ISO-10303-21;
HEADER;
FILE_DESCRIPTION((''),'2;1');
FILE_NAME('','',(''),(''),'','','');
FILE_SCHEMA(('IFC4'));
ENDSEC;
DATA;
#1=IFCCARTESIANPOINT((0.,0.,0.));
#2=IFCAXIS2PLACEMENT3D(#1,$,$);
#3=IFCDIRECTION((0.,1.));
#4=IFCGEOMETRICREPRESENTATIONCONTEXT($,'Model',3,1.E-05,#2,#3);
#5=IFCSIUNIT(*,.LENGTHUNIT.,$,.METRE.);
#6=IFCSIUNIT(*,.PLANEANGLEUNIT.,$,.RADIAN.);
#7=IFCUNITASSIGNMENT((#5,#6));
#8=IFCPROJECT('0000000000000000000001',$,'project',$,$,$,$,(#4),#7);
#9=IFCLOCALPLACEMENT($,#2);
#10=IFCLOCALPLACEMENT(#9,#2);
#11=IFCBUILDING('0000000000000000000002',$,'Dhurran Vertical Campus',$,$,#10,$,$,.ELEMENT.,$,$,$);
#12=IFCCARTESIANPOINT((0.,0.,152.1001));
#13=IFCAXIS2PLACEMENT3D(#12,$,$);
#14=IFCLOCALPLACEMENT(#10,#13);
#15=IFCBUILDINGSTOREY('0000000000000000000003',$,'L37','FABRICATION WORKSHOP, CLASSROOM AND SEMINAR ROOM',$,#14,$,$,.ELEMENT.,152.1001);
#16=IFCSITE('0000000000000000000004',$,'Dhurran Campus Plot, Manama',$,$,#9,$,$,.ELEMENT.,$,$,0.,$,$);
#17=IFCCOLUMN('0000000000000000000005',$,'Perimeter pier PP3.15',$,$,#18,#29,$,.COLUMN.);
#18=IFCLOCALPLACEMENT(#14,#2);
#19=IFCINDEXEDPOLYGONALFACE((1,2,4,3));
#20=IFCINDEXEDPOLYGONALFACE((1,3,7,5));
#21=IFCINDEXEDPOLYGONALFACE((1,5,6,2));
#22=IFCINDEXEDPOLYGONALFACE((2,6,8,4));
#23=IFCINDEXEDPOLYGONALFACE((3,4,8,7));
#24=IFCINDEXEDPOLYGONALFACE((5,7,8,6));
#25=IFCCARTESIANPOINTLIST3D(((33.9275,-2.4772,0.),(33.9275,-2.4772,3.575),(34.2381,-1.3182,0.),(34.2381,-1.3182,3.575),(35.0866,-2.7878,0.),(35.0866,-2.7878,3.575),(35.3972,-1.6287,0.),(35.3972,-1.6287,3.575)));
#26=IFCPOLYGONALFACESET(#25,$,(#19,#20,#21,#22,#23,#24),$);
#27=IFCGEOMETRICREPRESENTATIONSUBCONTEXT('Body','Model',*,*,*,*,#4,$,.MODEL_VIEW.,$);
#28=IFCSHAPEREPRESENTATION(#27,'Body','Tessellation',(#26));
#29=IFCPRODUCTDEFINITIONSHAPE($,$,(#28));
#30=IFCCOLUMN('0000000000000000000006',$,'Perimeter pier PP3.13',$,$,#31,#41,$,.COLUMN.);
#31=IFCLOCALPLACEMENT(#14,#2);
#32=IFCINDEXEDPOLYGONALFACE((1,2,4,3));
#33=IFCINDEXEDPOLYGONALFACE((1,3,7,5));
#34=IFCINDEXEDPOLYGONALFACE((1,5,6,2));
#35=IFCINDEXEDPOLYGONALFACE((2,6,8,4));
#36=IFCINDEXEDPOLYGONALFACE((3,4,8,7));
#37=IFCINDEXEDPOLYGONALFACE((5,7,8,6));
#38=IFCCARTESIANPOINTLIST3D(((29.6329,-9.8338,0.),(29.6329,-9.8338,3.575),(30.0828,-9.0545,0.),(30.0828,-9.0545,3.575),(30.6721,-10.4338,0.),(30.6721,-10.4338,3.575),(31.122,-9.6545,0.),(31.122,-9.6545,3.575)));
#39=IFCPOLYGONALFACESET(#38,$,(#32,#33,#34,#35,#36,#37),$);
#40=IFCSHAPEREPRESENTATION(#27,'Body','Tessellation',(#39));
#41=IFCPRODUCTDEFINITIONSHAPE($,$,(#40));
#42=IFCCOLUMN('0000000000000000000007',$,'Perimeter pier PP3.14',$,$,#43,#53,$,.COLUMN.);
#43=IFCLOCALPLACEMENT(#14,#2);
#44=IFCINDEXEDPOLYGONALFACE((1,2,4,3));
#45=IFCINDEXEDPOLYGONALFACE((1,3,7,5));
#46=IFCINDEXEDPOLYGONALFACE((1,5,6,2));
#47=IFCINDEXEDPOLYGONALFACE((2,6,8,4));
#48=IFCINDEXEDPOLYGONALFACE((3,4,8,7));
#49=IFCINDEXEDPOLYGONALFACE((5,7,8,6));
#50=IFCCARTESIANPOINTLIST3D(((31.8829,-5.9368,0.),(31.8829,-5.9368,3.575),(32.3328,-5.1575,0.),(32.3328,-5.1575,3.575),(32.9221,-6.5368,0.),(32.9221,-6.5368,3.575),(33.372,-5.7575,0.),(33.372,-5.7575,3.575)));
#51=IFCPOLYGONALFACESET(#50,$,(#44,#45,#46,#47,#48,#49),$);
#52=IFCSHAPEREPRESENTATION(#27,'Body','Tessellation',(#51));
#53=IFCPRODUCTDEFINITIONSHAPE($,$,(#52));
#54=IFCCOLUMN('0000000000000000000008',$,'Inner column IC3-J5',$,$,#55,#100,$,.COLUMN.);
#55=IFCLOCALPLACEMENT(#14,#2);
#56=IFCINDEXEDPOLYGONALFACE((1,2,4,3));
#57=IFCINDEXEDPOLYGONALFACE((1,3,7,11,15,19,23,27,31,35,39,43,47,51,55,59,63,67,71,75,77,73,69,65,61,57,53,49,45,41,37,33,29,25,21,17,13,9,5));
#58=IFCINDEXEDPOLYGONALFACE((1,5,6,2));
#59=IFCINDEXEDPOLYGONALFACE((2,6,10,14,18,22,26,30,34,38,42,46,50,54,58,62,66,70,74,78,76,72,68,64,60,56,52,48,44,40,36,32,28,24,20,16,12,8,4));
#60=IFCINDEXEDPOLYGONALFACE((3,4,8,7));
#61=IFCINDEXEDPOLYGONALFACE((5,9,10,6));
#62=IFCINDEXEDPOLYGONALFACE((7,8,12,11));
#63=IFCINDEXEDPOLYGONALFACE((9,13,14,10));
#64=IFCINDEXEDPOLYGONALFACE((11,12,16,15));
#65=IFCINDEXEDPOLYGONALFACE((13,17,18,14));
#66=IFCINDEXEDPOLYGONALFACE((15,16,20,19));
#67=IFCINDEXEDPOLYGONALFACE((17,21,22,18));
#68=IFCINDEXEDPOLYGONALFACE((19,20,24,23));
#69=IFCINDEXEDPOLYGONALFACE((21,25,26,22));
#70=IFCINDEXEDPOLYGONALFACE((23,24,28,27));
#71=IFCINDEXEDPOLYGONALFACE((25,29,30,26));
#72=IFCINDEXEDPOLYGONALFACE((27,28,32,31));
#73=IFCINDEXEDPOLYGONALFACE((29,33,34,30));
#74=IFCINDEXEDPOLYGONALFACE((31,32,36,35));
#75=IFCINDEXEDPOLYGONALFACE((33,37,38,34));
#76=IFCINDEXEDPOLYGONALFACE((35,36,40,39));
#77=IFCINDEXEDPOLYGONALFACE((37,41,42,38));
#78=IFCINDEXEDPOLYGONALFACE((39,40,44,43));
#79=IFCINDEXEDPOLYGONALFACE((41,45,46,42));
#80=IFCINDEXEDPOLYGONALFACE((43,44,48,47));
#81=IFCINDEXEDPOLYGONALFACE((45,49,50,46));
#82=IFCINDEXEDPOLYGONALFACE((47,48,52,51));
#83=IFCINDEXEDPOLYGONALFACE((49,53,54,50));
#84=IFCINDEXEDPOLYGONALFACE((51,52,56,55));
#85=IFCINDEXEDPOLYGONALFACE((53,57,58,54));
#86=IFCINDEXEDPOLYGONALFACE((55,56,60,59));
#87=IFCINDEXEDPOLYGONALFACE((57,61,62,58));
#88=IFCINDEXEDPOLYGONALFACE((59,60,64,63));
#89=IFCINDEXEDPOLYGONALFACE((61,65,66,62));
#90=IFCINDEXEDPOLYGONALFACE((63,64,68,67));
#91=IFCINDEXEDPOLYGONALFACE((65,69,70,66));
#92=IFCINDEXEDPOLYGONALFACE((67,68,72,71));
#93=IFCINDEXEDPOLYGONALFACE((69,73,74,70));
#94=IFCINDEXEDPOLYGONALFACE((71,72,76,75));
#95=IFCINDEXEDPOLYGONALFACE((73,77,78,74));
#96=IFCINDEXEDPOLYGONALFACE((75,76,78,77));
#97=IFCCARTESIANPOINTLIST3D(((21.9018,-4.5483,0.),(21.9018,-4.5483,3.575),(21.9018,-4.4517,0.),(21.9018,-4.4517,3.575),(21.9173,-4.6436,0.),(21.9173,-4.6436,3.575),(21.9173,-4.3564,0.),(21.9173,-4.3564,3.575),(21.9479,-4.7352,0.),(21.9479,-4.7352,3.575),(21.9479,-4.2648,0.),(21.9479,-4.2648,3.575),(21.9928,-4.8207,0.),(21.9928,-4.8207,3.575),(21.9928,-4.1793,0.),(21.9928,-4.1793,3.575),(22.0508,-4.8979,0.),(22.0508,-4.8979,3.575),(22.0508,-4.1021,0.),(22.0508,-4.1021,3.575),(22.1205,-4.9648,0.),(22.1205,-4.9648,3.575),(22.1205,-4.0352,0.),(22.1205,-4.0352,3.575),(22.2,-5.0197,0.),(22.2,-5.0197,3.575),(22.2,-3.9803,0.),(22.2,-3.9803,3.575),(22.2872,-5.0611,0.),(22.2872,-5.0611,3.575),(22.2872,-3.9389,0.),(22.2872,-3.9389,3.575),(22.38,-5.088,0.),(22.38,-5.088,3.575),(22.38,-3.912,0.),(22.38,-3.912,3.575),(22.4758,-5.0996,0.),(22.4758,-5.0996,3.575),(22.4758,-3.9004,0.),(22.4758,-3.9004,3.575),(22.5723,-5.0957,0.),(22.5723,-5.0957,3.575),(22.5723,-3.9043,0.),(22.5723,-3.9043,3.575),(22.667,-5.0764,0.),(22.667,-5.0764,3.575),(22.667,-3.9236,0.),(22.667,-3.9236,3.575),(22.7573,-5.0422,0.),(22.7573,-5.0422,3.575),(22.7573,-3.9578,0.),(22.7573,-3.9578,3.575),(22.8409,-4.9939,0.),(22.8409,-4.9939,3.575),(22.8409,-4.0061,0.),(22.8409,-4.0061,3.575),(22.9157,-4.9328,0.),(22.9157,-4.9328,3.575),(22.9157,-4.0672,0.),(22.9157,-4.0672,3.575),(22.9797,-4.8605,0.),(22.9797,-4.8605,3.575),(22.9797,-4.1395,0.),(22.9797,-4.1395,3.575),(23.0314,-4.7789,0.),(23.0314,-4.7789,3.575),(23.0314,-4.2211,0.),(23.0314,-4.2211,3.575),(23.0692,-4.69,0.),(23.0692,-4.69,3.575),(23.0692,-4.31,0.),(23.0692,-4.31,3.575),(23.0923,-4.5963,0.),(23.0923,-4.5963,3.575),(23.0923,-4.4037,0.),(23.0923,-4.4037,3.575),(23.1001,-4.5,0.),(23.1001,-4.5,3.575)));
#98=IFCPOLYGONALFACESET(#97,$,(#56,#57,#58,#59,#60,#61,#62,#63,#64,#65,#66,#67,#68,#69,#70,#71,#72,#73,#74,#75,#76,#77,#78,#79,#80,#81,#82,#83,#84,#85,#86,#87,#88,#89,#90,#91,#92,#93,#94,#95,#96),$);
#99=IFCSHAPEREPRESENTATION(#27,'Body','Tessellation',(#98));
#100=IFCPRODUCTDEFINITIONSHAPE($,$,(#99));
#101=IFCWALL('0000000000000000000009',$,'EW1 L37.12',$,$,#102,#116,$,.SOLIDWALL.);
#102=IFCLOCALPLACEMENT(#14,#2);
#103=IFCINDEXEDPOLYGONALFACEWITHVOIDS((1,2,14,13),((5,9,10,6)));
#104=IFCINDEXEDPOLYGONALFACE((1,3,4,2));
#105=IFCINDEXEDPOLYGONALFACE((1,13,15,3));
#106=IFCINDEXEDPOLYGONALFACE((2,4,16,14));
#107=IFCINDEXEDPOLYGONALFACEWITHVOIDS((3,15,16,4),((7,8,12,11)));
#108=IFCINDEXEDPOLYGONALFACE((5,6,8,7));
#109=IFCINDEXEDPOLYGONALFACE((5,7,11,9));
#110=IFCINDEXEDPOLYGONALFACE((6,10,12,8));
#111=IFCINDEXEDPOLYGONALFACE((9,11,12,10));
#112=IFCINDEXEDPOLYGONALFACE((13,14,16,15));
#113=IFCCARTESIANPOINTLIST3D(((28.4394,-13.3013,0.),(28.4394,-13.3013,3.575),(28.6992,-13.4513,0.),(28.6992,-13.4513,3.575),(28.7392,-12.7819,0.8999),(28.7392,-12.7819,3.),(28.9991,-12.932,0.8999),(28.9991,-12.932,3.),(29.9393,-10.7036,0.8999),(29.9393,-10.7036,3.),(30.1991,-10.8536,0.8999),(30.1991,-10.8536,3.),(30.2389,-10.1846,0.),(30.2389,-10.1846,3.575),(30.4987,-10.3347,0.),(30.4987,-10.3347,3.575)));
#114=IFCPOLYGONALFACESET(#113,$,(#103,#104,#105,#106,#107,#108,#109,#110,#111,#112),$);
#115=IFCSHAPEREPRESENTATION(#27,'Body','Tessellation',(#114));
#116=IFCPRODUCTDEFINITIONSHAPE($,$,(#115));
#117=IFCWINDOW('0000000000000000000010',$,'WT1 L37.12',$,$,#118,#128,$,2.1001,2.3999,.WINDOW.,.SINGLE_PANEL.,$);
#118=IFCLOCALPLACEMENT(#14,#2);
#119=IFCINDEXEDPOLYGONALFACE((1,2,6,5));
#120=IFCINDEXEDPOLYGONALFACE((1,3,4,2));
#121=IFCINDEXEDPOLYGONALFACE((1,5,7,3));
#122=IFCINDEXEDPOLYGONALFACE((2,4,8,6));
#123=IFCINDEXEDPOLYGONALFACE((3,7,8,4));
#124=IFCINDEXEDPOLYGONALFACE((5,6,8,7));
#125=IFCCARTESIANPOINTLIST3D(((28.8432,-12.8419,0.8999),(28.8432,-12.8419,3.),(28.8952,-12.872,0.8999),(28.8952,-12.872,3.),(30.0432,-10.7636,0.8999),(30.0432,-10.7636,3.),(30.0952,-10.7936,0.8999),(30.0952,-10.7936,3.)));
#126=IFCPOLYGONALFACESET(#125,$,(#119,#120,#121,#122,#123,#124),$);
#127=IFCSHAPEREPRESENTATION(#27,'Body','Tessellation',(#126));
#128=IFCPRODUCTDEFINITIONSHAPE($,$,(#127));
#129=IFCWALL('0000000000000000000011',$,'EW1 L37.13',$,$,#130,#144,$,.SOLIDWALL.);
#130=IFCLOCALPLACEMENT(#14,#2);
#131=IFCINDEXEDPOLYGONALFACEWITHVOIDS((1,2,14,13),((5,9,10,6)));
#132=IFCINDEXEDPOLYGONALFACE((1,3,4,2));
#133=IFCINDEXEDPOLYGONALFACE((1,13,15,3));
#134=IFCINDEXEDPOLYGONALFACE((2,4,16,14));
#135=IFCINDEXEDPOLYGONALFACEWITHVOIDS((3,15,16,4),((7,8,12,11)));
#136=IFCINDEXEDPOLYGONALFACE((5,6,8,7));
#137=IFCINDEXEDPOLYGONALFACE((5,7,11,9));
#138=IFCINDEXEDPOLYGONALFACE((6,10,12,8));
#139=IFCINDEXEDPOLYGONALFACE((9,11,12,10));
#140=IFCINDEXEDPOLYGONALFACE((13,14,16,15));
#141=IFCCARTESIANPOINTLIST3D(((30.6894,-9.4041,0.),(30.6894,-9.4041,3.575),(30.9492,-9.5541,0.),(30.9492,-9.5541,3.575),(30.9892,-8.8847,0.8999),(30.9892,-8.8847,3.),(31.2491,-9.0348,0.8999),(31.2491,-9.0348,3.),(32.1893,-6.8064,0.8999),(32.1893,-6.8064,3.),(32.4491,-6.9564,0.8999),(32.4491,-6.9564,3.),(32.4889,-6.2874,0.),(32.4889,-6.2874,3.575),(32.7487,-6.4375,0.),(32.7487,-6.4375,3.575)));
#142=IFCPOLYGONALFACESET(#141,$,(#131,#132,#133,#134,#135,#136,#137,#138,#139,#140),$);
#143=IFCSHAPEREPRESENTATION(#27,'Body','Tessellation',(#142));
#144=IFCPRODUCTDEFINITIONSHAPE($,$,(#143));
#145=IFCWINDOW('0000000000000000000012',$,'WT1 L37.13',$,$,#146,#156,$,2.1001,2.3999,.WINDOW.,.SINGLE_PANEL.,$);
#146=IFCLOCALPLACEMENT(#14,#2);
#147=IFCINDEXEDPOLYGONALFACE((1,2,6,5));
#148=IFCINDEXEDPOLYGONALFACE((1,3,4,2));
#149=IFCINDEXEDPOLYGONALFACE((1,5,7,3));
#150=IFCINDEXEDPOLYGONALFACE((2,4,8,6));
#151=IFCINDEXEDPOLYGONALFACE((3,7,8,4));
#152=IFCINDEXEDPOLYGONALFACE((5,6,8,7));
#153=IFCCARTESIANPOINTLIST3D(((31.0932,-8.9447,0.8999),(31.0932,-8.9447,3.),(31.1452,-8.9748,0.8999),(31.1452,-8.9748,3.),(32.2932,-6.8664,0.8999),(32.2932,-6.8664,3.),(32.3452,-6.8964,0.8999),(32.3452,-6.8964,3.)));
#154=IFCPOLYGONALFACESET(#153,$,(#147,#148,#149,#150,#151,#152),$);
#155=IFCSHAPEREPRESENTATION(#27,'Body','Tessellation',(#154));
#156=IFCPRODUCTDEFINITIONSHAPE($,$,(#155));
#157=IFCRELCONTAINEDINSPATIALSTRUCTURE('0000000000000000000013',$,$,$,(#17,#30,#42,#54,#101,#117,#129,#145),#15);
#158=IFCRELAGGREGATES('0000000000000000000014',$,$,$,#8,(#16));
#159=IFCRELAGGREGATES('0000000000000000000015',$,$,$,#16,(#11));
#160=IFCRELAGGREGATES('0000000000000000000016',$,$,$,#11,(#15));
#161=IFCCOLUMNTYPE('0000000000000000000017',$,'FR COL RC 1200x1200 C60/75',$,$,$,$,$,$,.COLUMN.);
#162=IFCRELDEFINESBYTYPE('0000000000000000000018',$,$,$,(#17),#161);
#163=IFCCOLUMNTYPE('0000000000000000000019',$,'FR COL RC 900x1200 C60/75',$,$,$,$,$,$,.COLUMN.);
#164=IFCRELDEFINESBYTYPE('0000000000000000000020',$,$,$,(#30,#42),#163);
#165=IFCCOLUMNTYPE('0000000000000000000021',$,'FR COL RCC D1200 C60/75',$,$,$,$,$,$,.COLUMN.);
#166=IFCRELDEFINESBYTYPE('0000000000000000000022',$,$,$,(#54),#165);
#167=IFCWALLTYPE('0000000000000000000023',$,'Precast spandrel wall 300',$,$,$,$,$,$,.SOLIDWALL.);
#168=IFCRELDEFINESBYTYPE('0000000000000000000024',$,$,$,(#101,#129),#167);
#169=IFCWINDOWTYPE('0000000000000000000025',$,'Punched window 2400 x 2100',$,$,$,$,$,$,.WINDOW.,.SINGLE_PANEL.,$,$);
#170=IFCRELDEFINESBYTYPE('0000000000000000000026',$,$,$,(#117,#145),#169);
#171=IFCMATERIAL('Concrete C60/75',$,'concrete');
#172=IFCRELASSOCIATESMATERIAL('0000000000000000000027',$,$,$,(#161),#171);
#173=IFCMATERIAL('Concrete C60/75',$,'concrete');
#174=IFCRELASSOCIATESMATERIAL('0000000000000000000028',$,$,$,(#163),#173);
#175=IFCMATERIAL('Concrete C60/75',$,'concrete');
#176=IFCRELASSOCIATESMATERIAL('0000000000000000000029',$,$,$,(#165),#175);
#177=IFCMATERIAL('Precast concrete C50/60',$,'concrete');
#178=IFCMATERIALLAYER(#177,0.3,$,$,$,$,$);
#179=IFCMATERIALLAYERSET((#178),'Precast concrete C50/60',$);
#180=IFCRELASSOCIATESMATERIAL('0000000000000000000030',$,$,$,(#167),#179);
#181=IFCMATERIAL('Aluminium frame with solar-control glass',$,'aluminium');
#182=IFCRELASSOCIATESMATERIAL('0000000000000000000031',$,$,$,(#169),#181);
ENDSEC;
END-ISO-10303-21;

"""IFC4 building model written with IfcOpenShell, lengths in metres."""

from ifc_helpers import new_model, si_unit, direction, frame, frame_2d, origin, origin_2d, place, context, subcontext, project, spatial, rectangle, circle, extrude, material, layer, layer_set, material_profile, profile_set, type_object, element, fill, save


model = new_model("IFC4")

# Units and contexts
model_context = context("Model", 3, precision=1e-05, world=origin(), true_north=direction((0.0, 1.0)))
body_context = subcontext(model_context, "Body", "Model", "MODEL_VIEW")
ifc_project = project(units=[si_unit("LENGTHUNIT", "METRE"), si_unit("PLANEANGLEUNIT", "RADIAN")], contexts=[model_context])

# Site, building, storey
site_placement = place(None, origin())
site = spatial("IfcSite", under=ifc_project, at=site_placement, Name="Dhurran Campus Plot, Manama", CompositionType="ELEMENT", RefElevation=0.0)
building_placement = place(site_placement, origin())
building = spatial("IfcBuilding", under=site, at=building_placement, Name="Dhurran Vertical Campus", CompositionType="ELEMENT")
storey_placement = place(building_placement, frame((0.0, 0.0, 152.1001)))
storey = spatial("IfcBuildingStorey", under=building, at=storey_placement, Name="L37", Description="FABRICATION WORKSHOP, CLASSROOM AND SEMINAR ROOM", CompositionType="ELEMENT", Elevation=152.1001)

# Columns
ifc_material_1 = material(Name="Concrete C60/75", Category="concrete")
ifc_material_profile_1 = material_profile(ifc_material_1, rectangle(XDim=1.2, YDim=1.2, at=origin_2d()), Name="RC 1200x1200")
ifc_profile_set_1 = profile_set([ifc_material_profile_1], Name="Concrete C60/75")
column_type_1 = type_object("IfcColumnType", Name="FR COL RC 1200x1200 C60/75", PredefinedType="COLUMN", material=ifc_profile_set_1)
column_1_placement = place(storey_placement, frame((34.6624, -2.053, 0.0), z_axis=(0.0, 0.0, 1.0), x_axis=(0.258819, 0.965926, 0.0)))
element("IfcColumn", 1, at=column_1_placement, inside=storey, type_object=column_type_1, Name="Perimeter pier PP3.15", PredefinedType="COLUMN", context=body_context, shape_type="SweptSolid", body=[
    extrude(rectangle(XDim=1.2, YDim=1.2, at=origin_2d()), origin(), (0.0, 0.0, 1.0), 3.575),
])
ifc_material_2 = material(Name="Concrete C60/75", Category="concrete")
ifc_material_profile_2 = material_profile(ifc_material_2, rectangle(XDim=0.8999, YDim=1.2, at=origin_2d()), Name="RC 900x1200")
ifc_profile_set_2 = profile_set([ifc_material_profile_2], Name="Concrete C60/75")
column_type_2 = type_object("IfcColumnType", Name="FR COL RC 900x1200 C60/75", PredefinedType="COLUMN", material=ifc_profile_set_2)
for number, where, z_axis, x_axis, name in (
    (2, (30.3774, -9.7441, 0.0), (0.0, 0.0, 1.0), (0.5, 0.866025, 0.0), "Perimeter pier PP3.13"),
    (3, (32.6274, -5.8472, 0.0), (0.0, 0.0, 1.0), (0.5, 0.866025, 0.0), "Perimeter pier PP3.14"),
):
    element("IfcColumn", number, at=place(storey_placement, frame(where, z_axis=z_axis, x_axis=x_axis)), inside=storey, type_object=column_type_2, Name=name, PredefinedType="COLUMN", context=body_context, shape_type="SweptSolid", body=[
        extrude(rectangle(XDim=0.8999, YDim=1.2, at=origin_2d()), origin(), (0.0, 0.0, 1.0), 3.575),
    ])
ifc_material_3 = material(Name="Concrete C60/75", Category="concrete")
ifc_material_profile_3 = material_profile(ifc_material_3, circle(Radius=0.6001, at=origin_2d()), Name="RCC D1200")
ifc_profile_set_3 = profile_set([ifc_material_profile_3], Name="Concrete C60/75")
column_type_3 = type_object("IfcColumnType", Name="FR COL RCC D1200 C60/75", PredefinedType="COLUMN", material=ifc_profile_set_3)
column_2_placement = place(storey_placement, frame((22.5, -4.5, 0.0), z_axis=(0.0, 0.0, 1.0), x_axis=(1.0, 0.0, 0.0)))
element("IfcColumn", 4, at=column_2_placement, inside=storey, type_object=column_type_3, Name="Inner column IC3-J5", PredefinedType="COLUMN", context=body_context, shape_type="SweptSolid", body=[
    extrude(circle(Radius=0.6001, at=origin_2d()), origin(), (0.0, 0.0, 1.0), 3.575),
])

# Walls, openings, windows
ifc_material_4 = material(Name="Precast concrete C50/60", Category="concrete")
ifc_layer_1 = layer(ifc_material_4, 0.3)
ifc_layer_set_1 = layer_set([ifc_layer_1], Name="Precast concrete C50/60")
wall_type_1 = type_object("IfcWallType", Name="Precast spandrel wall 300", PredefinedType="SOLIDWALL", material=ifc_layer_set_1)
wall_1_placement = place(storey_placement, frame((28.5693, -13.3762, 0.0), z_axis=(0.0, 0.0, 1.0), x_axis=(0.500028, 0.866009, 0.0)))
wall_1 = element("IfcWall", 5, at=wall_1_placement, inside=storey, type_object=wall_type_1, Name="EW1 L37.12", PredefinedType="SOLIDWALL", context=body_context, shape_type="SweptSolid", body=[
    extrude(rectangle(XDim=3.5989, YDim=0.3, at=frame_2d((1.7993, 0.0))), origin(), (0.0, 0.0, 1.0), 3.575),
])
opening_1_placement = place(wall_1_placement, frame((0.5996, 0.0, 0.8999)))
opening_1 = element("IfcOpeningElement", 6, at=opening_1_placement, cuts=wall_1, PredefinedType="OPENING", context=body_context, shape_type="SweptSolid", body=[
    extrude(rectangle(XDim=2.3999, YDim=2.1001, at=frame_2d((1.2, 1.05))), frame((0.0, 0.1599, 0.0), z_axis=(0.0, -1.0, 0.0), x_axis=(1.0, 0.0, 0.0)), (0.0, 0.0, 1.0), 0.3201),
])
ifc_material_5 = material(Name="Aluminium frame with solar-control glass", Category="aluminium")
window_type = type_object("IfcWindowType", Name="Punched window 2400 x 2100", PartitioningType="SINGLE_PANEL", PredefinedType="WINDOW", material=ifc_material_5)
window_1_placement = place(opening_1_placement, origin())
window_1 = element("IfcWindow", 7, at=window_1_placement, inside=storey, type_object=window_type, Name="WT1 L37.12", OverallHeight=2.1001, OverallWidth=2.3999, PartitioningType="SINGLE_PANEL", PredefinedType="WINDOW", context=body_context, shape_type="SweptSolid", body=[
    extrude(rectangle(XDim=2.3999, YDim=2.1001, at=frame_2d((1.2, 1.05))), frame((0.0, 0.03, 0.0), z_axis=(0.0, -1.0, 0.0), x_axis=(1.0, 0.0, 0.0)), (0.0, 0.0, 1.0), 0.0601),
])
fill(opening_1, window_1)
wall_2_placement = place(storey_placement, frame((30.8193, -9.479, 0.0), z_axis=(0.0, 0.0, 1.0), x_axis=(0.500028, 0.866009, 0.0)))
wall_2 = element("IfcWall", 8, at=wall_2_placement, inside=storey, type_object=wall_type_1, Name="EW1 L37.13", PredefinedType="SOLIDWALL", context=body_context, shape_type="SweptSolid", body=[
    extrude(rectangle(XDim=3.5989, YDim=0.3, at=frame_2d((1.7993, 0.0))), origin(), (0.0, 0.0, 1.0), 3.575),
])
opening_2_placement = place(wall_2_placement, frame((0.5996, 0.0, 0.8999)))
opening_2 = element("IfcOpeningElement", 9, at=opening_2_placement, cuts=wall_2, PredefinedType="OPENING", context=body_context, shape_type="SweptSolid", body=[
    extrude(rectangle(XDim=2.3999, YDim=2.1001, at=frame_2d((1.2, 1.05))), frame((0.0, 0.1599, 0.0), z_axis=(0.0, -1.0, 0.0), x_axis=(1.0, 0.0, 0.0)), (0.0, 0.0, 1.0), 0.3201),
])
window_2_placement = place(opening_2_placement, origin())
window_2 = element("IfcWindow", 10, at=window_2_placement, inside=storey, type_object=window_type, Name="WT1 L37.13", OverallHeight=2.1001, OverallWidth=2.3999, PartitioningType="SINGLE_PANEL", PredefinedType="WINDOW", context=body_context, shape_type="SweptSolid", body=[
    extrude(rectangle(XDim=2.3999, YDim=2.1001, at=frame_2d((1.2, 1.05))), frame((0.0, 0.03, 0.0), z_axis=(0.0, -1.0, 0.0), x_axis=(1.0, 0.0, 0.0)), (0.0, 0.0, 1.0), 0.0601),
])
fill(opening_2, window_2)

save(model, "model.ifc")
